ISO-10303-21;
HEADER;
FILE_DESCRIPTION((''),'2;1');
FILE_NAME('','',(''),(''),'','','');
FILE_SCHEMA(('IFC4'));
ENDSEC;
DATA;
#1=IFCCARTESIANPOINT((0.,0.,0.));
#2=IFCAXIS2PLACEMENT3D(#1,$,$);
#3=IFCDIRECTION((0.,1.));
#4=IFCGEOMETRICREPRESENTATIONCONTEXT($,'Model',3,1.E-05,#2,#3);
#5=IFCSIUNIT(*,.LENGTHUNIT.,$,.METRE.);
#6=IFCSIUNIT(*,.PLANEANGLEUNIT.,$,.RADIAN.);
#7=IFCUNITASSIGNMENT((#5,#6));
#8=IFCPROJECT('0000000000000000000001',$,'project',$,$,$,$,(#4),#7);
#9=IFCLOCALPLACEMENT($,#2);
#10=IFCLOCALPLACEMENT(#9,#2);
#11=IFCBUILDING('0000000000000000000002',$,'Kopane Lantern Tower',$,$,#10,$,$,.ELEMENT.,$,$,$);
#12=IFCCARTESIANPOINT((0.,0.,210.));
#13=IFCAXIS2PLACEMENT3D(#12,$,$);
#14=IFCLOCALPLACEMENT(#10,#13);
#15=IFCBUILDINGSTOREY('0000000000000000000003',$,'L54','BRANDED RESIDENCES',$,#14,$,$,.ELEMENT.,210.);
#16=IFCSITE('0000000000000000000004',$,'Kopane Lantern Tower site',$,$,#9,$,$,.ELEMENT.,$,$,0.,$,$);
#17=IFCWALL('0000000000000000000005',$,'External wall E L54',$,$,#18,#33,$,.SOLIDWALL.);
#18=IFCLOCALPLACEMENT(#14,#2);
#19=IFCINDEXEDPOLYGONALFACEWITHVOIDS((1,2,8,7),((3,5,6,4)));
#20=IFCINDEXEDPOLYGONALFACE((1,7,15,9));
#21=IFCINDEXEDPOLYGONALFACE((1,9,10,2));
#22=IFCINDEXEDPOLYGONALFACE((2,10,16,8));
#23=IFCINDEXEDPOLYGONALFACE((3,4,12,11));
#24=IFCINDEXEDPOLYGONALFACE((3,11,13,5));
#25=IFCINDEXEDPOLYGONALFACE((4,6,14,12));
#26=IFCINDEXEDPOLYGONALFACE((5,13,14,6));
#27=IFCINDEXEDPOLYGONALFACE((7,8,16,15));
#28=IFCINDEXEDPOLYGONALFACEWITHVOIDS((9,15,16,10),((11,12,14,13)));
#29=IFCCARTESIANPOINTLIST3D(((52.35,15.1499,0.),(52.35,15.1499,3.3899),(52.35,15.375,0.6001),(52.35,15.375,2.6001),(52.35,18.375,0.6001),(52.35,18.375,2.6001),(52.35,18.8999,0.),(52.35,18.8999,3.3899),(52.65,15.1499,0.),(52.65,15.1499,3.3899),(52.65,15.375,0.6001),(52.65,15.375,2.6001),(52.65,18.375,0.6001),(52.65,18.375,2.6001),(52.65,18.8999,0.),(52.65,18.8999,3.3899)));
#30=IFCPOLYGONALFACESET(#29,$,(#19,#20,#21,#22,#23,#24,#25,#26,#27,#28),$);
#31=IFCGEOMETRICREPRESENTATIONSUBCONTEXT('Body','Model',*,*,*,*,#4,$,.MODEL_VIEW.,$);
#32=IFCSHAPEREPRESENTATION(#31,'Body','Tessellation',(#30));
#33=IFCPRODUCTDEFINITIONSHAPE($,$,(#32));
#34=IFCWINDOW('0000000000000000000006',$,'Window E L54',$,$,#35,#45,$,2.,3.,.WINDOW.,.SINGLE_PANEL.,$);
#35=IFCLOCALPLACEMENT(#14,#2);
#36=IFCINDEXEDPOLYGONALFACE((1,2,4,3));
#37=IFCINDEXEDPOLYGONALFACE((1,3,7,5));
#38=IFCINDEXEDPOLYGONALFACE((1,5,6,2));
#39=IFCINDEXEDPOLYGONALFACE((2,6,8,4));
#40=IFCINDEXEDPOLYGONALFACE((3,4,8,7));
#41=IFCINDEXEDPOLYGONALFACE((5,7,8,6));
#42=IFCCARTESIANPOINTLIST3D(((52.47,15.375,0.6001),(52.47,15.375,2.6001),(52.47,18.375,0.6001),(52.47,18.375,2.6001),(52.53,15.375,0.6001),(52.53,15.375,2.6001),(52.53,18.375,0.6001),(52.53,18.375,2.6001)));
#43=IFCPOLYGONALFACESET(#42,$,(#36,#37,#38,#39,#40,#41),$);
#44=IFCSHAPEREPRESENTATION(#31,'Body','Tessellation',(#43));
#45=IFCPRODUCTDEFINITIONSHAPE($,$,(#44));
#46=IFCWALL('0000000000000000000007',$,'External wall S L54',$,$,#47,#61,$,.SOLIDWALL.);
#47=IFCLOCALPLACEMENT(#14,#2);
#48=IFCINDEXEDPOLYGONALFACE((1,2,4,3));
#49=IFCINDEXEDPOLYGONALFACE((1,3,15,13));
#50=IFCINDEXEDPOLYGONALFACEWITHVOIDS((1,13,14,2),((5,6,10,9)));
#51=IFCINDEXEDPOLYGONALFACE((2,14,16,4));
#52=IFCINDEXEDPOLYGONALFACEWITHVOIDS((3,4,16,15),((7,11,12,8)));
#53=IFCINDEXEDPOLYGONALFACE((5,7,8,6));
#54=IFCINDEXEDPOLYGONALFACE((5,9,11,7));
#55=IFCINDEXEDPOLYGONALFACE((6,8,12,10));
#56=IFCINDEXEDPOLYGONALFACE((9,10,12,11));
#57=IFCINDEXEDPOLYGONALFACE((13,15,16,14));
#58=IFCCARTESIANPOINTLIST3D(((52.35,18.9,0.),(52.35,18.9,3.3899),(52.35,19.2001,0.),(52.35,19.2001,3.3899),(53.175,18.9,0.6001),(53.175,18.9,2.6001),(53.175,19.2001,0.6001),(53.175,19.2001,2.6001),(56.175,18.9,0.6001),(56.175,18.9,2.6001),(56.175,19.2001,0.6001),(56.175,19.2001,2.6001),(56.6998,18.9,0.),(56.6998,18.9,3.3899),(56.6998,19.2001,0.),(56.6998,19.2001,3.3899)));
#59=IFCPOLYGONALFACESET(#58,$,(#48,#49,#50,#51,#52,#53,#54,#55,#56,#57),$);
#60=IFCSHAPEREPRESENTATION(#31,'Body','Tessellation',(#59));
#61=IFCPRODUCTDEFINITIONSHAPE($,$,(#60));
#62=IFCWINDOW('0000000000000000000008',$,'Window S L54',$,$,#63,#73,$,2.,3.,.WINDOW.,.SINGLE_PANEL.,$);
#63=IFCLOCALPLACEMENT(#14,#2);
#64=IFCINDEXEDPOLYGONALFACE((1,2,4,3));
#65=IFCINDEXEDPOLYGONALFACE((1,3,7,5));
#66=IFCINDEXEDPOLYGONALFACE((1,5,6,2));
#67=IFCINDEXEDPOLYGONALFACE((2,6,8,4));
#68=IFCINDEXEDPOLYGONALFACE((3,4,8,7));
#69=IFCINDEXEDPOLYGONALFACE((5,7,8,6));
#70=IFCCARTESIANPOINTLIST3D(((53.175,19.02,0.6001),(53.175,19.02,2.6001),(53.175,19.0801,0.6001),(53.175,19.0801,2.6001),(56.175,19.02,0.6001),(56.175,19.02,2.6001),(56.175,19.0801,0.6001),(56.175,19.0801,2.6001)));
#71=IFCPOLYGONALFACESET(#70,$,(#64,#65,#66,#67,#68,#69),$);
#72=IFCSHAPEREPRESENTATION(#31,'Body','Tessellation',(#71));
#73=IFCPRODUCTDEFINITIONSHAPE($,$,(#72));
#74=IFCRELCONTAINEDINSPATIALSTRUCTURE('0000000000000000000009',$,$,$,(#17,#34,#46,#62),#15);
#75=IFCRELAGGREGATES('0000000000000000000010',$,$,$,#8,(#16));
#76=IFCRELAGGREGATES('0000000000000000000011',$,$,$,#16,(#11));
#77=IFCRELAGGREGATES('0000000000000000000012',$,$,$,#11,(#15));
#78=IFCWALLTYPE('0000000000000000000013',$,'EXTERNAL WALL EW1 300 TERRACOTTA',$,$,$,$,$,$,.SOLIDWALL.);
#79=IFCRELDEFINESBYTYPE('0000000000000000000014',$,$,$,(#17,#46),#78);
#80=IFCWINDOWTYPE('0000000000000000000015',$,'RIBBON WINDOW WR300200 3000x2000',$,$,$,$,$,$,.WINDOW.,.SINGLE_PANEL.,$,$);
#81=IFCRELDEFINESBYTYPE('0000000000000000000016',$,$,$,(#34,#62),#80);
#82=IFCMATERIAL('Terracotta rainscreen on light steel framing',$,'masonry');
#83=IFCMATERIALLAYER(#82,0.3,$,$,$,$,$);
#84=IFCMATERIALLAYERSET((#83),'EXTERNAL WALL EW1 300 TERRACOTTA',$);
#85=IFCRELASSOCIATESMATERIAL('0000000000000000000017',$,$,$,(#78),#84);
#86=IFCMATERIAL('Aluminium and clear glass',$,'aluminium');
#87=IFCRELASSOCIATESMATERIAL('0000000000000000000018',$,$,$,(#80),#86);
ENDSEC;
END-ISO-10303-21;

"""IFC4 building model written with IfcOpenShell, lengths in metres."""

from ifc_helpers import new_model, si_unit, direction, frame, frame_2d, origin, place, context, subcontext, project, spatial, rectangle, extrude, material, layer, layer_set, type_object, element, fill, save


model = new_model("IFC4")

# Units and contexts
model_context = context("Model", 3, precision=1e-05, world=origin(), true_north=direction((0.0, 1.0)))
body_context = subcontext(model_context, "Body", "Model", "MODEL_VIEW")
ifc_project = project(units=[si_unit("LENGTHUNIT", "METRE"), si_unit("PLANEANGLEUNIT", "RADIAN")], contexts=[model_context])

# Site, building, storey
site_placement = place(None, origin())
site = spatial("IfcSite", under=ifc_project, at=site_placement, Name="Kopane Lantern Tower site", CompositionType="ELEMENT", RefElevation=0.0)
building_placement = place(site_placement, origin())
building = spatial("IfcBuilding", under=site, at=building_placement, Name="Kopane Lantern Tower", CompositionType="ELEMENT")
storey_placement = place(building_placement, frame((0.0, 0.0, 210.0)))
storey = spatial("IfcBuildingStorey", under=building, at=storey_placement, Name="L54", Description="BRANDED RESIDENCES", CompositionType="ELEMENT", Elevation=210.0)

# Walls, openings, windows
ifc_material_1 = material(Name="Terracotta rainscreen on light steel framing", Category="masonry")
ifc_layer = layer(ifc_material_1, 0.3)
ifc_layer_set = layer_set([ifc_layer], Name="EXTERNAL WALL EW1 300 TERRACOTTA")
wall_type = type_object("IfcWallType", Name="EXTERNAL WALL EW1 300 TERRACOTTA", PredefinedType="SOLIDWALL", material=ifc_layer_set)
wall_1_placement = place(storey_placement, frame((52.5, 15.1499, 0.0), z_axis=(0.0, 0.0, 1.0), x_axis=(0.0, 1.0, 0.0)))
wall_1 = element("IfcWall", 1, at=wall_1_placement, inside=storey, type_object=wall_type, Name="External wall E L54", PredefinedType="SOLIDWALL", context=body_context, shape_type="SweptSolid", body=[
    extrude(rectangle(XDim=3.75, YDim=0.3, at=frame_2d((1.875, 0.0))), origin(), (0.0, 0.0, 1.0), 3.3899),
])
opening_1_placement = place(wall_1_placement, frame((0.2251, 0.0, 0.6001)))
opening_1 = element("IfcOpeningElement", 2, at=opening_1_placement, cuts=wall_1, PredefinedType="OPENING", context=body_context, shape_type="SweptSolid", body=[
    extrude(rectangle(XDim=3.0, YDim=2.0, at=frame_2d((1.5, 1.0))), frame((0.0, 0.1599, 0.0), z_axis=(0.0, -1.0, 0.0), x_axis=(1.0, 0.0, 0.0)), (0.0, 0.0, 1.0), 0.3201),
])
ifc_material_2 = material(Name="Aluminium and clear glass", Category="aluminium")
window_type = type_object("IfcWindowType", Name="RIBBON WINDOW WR300200 3000x2000", PartitioningType="SINGLE_PANEL", PredefinedType="WINDOW", material=ifc_material_2)
window_1_placement = place(opening_1_placement, origin())
window_1 = element("IfcWindow", 3, at=window_1_placement, inside=storey, type_object=window_type, Name="Window E L54", OverallHeight=2.0, OverallWidth=3.0, PartitioningType="SINGLE_PANEL", PredefinedType="WINDOW", context=body_context, shape_type="SweptSolid", body=[
    extrude(rectangle(XDim=3.0, YDim=2.0, at=frame_2d((1.5, 1.0))), frame((0.0, 0.03, 0.0), z_axis=(0.0, -1.0, 0.0), x_axis=(1.0, 0.0, 0.0)), (0.0, 0.0, 1.0), 0.0601),
])
fill(opening_1, window_1)
wall_2_placement = place(storey_placement, frame((52.3501, 19.05, 0.0), z_axis=(0.0, 0.0, 1.0), x_axis=(1.0, 0.0, 0.0)))
wall_2 = element("IfcWall", 4, at=wall_2_placement, inside=storey, type_object=wall_type, Name="External wall S L54", PredefinedType="SOLIDWALL", context=body_context, shape_type="SweptSolid", body=[
    extrude(rectangle(XDim=4.3499, YDim=0.3, at=frame_2d((2.1748, 0.0))), origin(), (0.0, 0.0, 1.0), 3.3899),
])
opening_2_placement = place(wall_2_placement, frame((0.825, 0.0, 0.6001)))
opening_2 = element("IfcOpeningElement", 5, at=opening_2_placement, cuts=wall_2, PredefinedType="OPENING", context=body_context, shape_type="SweptSolid", body=[
    extrude(rectangle(XDim=3.0, YDim=2.0, at=frame_2d((1.5, 1.0))), frame((0.0, 0.1599, 0.0), z_axis=(0.0, -1.0, 0.0), x_axis=(1.0, 0.0, 0.0)), (0.0, 0.0, 1.0), 0.3201),
])
window_2_placement = place(opening_2_placement, origin())
window_2 = element("IfcWindow", 6, at=window_2_placement, inside=storey, type_object=window_type, Name="Window S L54", OverallHeight=2.0, OverallWidth=3.0, PartitioningType="SINGLE_PANEL", PredefinedType="WINDOW", context=body_context, shape_type="SweptSolid", body=[
    extrude(rectangle(XDim=3.0, YDim=2.0, at=frame_2d((1.5, 1.0))), frame((0.0, 0.03, 0.0), z_axis=(0.0, -1.0, 0.0), x_axis=(1.0, 0.0, 0.0)), (0.0, 0.0, 1.0), 0.0601),
])
fill(opening_2, window_2)

save(model, "model.ifc")
